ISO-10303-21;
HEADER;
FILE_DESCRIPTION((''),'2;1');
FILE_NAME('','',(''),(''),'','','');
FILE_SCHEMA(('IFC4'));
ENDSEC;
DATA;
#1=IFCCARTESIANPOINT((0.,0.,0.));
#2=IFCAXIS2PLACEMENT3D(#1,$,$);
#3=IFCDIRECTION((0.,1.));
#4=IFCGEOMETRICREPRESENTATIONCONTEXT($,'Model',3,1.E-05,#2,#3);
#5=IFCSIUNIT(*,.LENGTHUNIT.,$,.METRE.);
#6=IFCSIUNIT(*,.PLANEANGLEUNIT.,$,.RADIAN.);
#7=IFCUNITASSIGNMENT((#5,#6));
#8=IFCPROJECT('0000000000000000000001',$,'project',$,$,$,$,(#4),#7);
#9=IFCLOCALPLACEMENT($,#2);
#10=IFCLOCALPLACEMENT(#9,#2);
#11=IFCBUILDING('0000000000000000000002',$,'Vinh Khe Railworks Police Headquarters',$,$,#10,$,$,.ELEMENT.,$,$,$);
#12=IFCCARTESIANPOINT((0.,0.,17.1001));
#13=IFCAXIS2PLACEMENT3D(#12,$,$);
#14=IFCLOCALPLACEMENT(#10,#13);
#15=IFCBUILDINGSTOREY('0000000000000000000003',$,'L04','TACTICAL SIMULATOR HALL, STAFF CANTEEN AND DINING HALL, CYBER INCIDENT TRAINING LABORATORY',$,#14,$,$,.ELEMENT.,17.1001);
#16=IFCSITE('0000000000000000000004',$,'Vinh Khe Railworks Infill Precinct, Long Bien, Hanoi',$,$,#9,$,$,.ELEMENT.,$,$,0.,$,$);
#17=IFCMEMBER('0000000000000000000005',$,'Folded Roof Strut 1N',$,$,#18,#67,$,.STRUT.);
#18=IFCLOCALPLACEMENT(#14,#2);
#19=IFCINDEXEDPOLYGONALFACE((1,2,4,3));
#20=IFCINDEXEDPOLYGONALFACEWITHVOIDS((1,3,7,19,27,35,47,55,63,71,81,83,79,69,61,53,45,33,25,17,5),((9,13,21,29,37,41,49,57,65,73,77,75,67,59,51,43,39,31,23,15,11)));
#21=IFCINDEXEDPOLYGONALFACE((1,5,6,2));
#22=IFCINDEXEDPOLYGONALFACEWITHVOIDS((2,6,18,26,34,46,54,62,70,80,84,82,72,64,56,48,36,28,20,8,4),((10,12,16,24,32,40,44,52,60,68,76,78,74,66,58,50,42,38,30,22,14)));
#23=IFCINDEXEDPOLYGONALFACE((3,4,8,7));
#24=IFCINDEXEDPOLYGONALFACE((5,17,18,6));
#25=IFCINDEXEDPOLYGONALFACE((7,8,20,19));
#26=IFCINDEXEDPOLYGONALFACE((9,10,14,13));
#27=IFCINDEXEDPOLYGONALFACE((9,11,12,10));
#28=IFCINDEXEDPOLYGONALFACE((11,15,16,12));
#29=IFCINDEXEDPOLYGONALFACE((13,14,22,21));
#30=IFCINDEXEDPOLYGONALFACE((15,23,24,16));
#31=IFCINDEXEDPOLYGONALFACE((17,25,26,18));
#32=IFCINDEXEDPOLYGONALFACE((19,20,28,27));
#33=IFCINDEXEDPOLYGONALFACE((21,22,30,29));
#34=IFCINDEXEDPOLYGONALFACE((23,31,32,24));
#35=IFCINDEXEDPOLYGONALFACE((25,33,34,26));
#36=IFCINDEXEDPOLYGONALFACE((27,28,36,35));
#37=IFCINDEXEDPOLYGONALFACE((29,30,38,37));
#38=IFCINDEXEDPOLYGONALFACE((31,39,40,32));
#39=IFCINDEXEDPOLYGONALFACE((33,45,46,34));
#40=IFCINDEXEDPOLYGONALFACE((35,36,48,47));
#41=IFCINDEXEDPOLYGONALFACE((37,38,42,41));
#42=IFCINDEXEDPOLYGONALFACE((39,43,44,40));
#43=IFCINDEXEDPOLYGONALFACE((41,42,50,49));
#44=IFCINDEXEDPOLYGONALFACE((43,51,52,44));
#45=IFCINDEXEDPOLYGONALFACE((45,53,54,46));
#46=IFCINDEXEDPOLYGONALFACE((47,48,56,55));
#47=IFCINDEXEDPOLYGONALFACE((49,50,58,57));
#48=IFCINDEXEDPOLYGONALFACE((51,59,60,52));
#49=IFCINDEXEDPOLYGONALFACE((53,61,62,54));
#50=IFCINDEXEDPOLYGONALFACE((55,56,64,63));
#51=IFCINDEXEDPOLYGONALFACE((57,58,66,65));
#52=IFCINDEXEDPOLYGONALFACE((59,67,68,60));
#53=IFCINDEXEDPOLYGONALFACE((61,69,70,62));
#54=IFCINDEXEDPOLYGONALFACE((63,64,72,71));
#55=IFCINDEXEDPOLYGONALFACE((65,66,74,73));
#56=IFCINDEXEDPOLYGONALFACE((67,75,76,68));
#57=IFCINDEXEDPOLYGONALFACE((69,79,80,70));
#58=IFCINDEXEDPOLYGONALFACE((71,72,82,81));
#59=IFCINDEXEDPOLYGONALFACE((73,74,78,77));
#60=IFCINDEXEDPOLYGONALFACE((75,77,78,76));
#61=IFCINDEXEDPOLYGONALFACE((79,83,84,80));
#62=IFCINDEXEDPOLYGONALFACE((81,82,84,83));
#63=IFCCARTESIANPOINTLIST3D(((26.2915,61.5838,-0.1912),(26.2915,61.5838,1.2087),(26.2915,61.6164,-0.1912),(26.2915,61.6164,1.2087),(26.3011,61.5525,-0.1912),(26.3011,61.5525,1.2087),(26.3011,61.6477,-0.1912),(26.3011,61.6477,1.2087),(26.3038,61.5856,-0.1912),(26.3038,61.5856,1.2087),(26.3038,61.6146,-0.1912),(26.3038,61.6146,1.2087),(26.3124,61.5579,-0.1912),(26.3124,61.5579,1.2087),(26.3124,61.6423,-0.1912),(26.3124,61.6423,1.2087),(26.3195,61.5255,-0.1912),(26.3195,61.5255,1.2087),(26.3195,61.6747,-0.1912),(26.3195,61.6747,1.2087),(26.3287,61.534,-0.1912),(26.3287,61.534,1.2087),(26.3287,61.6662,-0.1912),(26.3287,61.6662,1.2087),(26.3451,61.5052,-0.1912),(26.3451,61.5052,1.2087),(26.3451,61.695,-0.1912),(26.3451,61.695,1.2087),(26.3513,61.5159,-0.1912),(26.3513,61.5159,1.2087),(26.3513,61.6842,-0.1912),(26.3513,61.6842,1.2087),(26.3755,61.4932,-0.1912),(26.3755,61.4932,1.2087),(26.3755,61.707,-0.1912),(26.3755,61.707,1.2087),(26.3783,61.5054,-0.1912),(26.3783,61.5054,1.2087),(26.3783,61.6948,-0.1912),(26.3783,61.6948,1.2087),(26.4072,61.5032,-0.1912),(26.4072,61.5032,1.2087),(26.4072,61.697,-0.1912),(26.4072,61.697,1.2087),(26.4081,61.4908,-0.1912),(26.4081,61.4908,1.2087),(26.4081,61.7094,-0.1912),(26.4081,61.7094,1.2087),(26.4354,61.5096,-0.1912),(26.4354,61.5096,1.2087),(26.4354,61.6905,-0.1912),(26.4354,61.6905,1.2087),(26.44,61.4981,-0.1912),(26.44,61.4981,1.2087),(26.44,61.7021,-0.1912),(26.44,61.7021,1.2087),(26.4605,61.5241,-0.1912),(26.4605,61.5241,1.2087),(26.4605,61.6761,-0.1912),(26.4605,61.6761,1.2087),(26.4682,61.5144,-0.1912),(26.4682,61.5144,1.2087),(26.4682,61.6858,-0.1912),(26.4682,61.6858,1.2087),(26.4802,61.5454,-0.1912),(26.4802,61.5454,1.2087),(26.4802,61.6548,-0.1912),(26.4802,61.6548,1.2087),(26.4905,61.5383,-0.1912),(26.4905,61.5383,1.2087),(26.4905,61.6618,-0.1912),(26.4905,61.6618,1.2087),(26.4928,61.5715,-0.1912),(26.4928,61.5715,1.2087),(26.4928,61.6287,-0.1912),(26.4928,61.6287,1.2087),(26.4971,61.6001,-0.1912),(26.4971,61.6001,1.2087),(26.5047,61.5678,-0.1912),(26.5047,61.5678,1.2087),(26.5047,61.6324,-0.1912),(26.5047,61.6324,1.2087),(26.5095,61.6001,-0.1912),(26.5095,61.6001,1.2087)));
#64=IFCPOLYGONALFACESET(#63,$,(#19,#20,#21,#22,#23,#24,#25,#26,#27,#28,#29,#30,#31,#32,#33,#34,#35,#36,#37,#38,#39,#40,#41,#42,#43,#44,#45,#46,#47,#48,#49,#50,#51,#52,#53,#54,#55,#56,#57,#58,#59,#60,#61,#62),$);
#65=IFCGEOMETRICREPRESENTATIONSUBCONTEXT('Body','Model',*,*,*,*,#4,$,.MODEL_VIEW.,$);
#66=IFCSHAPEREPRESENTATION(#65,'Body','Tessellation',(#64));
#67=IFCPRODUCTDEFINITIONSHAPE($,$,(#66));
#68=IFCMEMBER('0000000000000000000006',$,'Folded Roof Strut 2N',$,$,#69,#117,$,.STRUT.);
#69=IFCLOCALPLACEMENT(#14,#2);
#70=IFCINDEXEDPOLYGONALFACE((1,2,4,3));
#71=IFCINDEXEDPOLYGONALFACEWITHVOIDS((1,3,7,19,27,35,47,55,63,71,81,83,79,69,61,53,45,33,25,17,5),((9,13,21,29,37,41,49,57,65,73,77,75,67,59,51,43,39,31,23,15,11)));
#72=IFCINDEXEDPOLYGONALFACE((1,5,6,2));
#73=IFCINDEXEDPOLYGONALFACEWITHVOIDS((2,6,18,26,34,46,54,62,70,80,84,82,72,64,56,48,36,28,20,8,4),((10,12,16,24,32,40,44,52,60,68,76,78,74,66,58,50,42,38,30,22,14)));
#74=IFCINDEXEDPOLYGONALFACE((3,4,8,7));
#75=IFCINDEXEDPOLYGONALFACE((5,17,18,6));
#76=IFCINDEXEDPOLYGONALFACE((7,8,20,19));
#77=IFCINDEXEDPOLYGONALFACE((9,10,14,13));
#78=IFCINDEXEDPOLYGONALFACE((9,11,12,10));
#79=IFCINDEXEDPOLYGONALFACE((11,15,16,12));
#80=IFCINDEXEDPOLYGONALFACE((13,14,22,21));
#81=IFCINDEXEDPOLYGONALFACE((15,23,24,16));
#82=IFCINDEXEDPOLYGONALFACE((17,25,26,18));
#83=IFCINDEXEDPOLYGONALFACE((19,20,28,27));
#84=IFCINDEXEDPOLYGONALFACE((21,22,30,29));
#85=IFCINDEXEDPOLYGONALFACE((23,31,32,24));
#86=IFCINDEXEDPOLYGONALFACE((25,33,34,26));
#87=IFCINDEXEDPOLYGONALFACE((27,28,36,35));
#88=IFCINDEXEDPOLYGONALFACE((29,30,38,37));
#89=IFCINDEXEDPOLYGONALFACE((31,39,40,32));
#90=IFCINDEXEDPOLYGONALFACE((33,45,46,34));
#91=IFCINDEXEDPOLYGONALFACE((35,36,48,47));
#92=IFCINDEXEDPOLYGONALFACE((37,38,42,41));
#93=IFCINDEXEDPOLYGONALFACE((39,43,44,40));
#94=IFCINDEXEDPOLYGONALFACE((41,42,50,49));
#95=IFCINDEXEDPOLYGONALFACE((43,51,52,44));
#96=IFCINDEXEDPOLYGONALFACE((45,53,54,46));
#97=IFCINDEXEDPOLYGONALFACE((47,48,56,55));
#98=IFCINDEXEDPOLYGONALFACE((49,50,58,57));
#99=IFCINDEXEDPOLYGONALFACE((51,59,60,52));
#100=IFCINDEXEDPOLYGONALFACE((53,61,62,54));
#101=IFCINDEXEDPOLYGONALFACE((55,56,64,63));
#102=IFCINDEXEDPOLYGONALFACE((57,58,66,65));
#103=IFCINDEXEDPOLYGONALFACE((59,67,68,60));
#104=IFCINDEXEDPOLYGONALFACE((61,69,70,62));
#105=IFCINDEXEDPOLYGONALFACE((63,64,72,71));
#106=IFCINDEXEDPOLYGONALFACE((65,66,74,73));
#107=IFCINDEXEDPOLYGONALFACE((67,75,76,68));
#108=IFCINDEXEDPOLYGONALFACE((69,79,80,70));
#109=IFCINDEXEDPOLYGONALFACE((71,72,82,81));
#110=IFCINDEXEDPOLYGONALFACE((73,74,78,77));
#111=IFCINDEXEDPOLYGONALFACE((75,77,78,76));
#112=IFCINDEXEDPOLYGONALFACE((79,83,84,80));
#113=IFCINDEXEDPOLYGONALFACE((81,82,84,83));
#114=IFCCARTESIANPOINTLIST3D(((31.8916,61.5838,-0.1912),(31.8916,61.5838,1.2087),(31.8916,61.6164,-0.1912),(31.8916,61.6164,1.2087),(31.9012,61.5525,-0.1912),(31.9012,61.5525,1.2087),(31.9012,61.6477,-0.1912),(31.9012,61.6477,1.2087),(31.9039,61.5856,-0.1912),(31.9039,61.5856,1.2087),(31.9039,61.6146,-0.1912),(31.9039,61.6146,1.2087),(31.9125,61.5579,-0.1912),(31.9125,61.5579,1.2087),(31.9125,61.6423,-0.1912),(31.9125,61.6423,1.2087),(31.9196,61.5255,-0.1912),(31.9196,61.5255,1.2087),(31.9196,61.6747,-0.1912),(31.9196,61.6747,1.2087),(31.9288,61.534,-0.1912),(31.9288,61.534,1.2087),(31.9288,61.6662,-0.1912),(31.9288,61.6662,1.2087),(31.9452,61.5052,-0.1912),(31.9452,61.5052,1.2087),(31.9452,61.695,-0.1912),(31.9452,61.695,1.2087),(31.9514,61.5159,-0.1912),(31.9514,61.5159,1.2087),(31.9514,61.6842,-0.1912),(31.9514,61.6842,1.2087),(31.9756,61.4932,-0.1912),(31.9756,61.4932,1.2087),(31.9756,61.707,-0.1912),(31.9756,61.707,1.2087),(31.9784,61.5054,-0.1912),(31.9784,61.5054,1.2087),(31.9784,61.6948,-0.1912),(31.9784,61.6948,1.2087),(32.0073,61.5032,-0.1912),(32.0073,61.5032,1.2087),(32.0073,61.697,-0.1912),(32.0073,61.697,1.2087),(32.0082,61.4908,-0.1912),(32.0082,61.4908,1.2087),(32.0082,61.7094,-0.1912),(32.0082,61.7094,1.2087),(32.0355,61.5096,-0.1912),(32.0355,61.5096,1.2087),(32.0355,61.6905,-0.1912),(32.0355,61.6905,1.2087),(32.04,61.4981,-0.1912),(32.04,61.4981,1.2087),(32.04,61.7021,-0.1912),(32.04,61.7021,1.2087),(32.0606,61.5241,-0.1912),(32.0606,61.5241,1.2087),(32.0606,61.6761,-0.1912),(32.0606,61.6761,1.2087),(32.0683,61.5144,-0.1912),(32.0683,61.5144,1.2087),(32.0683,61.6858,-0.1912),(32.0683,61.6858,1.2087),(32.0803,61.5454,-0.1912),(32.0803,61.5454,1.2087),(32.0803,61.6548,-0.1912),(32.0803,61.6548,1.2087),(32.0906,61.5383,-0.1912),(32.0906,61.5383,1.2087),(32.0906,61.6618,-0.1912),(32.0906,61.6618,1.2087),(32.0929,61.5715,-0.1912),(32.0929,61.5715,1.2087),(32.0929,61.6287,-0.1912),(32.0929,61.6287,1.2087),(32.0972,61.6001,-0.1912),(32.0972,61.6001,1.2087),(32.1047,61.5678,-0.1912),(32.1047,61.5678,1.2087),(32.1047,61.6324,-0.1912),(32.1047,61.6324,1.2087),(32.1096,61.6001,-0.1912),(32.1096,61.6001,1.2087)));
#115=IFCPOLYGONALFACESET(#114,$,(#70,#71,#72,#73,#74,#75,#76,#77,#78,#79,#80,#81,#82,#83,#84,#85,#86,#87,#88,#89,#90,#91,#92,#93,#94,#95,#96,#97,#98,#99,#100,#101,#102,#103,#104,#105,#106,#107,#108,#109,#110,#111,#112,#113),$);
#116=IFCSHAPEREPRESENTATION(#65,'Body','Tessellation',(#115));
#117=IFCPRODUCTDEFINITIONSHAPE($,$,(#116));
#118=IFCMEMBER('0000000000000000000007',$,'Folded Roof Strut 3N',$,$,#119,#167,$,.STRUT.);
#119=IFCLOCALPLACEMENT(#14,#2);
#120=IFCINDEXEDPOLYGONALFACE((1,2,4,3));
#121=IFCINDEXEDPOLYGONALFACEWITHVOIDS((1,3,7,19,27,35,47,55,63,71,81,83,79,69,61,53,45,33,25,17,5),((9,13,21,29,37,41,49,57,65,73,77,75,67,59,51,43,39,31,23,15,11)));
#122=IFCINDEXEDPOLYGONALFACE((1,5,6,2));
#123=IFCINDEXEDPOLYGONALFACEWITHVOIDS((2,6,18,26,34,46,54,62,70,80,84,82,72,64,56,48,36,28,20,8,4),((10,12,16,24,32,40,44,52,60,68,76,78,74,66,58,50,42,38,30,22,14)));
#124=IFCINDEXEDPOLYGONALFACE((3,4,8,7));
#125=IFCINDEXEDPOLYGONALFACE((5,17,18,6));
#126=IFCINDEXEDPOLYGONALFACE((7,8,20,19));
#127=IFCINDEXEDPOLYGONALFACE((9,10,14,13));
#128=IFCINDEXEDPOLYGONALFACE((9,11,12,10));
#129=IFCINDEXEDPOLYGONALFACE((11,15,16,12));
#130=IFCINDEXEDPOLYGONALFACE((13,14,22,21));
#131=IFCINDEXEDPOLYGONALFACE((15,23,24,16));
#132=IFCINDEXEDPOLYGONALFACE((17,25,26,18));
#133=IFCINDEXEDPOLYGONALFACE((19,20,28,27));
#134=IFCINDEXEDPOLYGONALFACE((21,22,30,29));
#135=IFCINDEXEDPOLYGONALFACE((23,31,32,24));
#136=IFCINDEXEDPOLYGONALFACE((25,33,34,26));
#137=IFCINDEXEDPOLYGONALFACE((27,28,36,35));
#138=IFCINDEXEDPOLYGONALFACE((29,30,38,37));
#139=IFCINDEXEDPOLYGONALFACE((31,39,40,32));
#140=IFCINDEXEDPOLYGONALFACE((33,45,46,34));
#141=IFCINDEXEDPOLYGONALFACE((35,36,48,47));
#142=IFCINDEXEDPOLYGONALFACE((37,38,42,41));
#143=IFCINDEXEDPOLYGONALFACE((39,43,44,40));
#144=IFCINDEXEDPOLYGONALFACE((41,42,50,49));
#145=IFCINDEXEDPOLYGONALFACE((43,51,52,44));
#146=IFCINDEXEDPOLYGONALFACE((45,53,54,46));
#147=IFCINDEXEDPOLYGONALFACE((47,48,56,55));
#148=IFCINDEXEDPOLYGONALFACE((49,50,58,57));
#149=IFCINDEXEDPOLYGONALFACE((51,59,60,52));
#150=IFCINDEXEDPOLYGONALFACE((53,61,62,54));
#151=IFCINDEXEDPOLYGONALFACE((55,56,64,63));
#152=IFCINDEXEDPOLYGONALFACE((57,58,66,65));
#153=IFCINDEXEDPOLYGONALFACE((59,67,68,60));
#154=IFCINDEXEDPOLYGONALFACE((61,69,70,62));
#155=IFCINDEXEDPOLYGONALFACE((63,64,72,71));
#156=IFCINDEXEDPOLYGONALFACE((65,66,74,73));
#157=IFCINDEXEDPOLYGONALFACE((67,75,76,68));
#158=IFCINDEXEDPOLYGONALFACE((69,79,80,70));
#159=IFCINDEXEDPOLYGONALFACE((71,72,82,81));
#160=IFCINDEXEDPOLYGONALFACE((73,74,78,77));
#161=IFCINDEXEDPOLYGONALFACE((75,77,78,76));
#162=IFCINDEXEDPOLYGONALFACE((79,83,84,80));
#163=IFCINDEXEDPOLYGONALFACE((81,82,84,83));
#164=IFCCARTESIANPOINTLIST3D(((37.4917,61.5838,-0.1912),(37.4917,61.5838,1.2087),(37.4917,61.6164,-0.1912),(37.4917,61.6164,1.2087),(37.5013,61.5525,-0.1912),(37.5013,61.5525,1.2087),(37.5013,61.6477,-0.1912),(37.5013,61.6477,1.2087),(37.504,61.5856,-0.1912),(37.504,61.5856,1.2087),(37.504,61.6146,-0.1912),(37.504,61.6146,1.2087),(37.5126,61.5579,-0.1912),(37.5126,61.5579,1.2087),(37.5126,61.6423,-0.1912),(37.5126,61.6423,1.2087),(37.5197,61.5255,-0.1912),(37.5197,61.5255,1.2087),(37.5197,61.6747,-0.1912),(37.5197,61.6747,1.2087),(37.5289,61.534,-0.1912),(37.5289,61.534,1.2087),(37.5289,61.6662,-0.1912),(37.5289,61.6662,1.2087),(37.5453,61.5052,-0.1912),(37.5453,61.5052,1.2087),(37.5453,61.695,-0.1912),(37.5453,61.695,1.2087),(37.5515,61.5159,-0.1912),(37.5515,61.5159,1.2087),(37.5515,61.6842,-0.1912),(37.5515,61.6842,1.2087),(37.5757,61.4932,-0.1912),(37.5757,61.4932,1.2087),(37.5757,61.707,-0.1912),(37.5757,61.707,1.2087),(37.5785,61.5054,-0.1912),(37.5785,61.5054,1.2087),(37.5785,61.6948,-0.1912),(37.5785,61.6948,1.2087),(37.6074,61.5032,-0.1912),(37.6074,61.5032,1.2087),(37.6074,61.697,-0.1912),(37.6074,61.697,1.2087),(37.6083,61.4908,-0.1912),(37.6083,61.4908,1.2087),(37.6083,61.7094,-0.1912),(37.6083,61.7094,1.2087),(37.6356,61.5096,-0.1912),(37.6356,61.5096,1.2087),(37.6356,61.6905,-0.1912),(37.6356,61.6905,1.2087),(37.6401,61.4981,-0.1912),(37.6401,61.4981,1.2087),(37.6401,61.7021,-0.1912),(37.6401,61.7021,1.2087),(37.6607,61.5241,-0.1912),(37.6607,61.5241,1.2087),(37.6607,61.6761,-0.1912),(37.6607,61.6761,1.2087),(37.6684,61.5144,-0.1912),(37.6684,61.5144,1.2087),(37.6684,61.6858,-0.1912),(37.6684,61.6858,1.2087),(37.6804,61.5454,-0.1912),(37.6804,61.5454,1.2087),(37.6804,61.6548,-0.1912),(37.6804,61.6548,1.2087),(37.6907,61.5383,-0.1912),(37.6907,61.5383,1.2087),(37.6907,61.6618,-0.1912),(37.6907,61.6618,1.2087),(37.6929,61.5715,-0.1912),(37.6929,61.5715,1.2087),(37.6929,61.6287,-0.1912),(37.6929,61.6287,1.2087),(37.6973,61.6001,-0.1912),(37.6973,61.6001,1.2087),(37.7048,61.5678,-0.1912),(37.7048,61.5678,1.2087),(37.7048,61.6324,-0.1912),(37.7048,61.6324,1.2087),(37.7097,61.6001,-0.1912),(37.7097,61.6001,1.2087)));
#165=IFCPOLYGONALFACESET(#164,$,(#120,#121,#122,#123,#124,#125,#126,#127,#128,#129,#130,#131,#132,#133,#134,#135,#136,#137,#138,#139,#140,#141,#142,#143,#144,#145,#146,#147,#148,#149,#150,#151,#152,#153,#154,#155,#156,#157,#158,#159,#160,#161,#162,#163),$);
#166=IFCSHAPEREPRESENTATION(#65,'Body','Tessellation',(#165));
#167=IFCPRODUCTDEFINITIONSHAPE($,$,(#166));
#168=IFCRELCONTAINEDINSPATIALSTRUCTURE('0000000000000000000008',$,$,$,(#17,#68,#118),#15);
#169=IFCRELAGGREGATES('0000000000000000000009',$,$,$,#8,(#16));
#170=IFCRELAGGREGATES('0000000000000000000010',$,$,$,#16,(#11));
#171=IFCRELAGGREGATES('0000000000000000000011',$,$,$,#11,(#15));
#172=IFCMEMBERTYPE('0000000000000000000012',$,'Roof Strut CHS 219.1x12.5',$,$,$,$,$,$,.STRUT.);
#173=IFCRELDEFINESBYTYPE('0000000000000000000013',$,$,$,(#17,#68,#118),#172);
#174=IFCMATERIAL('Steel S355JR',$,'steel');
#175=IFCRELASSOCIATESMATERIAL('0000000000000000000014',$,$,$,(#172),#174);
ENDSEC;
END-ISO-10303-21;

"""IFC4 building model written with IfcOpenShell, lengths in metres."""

from ifc_helpers import new_model, si_unit, direction, frame, origin, origin_2d, place, context, subcontext, project, spatial, hollow_circle, extrude, material, material_profile, profile_set, type_object, element, save


model = new_model("IFC4")

# Units and contexts
model_context = context("Model", 3, precision=1e-05, world=origin(), true_north=direction((0.0, 1.0)))
body_context = subcontext(model_context, "Body", "Model", "MODEL_VIEW")
ifc_project = project(units=[si_unit("LENGTHUNIT", "METRE"), si_unit("PLANEANGLEUNIT", "RADIAN")], contexts=[model_context])

# Site, building, storey
site_placement = place(None, origin())
site = spatial("IfcSite", under=ifc_project, at=site_placement, Name="Vinh Khe Railworks Infill Precinct, Long Bien, Hanoi", CompositionType="ELEMENT", RefElevation=0.0)
building_placement = place(site_placement, origin())
building = spatial("IfcBuilding", under=site, at=building_placement, Name="Vinh Khe Railworks Police Headquarters", CompositionType="ELEMENT")
storey_placement = place(building_placement, frame((0.0, 0.0, 17.1001)))
storey = spatial("IfcBuildingStorey", under=building, at=storey_placement, Name="L04", Description="TACTICAL SIMULATOR HALL, STAFF CANTEEN AND DINING HALL, CYBER INCIDENT TRAINING LABORATORY", CompositionType="ELEMENT", Elevation=17.1001)

# Members
ifc_material_1 = material(Name="Steel S355JR", Category="steel")
ifc_material_profile_1 = material_profile(ifc_material_1, hollow_circle(Radius=0.1096, WallThickness=0.0125, at=origin_2d()), Name="CHS 219.1x12.5")
ifc_profile_set_1 = profile_set([ifc_material_profile_1], Name="Steel S355JR")
member_type = type_object("IfcMemberType", Name="Roof Strut CHS 219.1x12.5", PredefinedType="STRUT", material=ifc_profile_set_1)
for number, where, z_axis, x_axis, name in (
    (1, (26.3999, 61.6001, -0.1912), (0.0, 0.0, 1.0), (1.0, 0.0, 0.0), "Folded Roof Strut 1N"),
    (2, (32.0, 61.6001, -0.1912), (0.0, 0.0, 1.0), (1.0, 0.0, 0.0), "Folded Roof Strut 2N"),
    (3, (37.6001, 61.6001, -0.1912), (0.0, 0.0, 1.0), (1.0, 0.0, 0.0), "Folded Roof Strut 3N"),
):
    element("IfcMember", number, at=place(storey_placement, frame(where, z_axis=z_axis, x_axis=x_axis)), inside=storey, type_object=member_type, Name=name, PredefinedType="STRUT", context=body_context, shape_type="SweptSolid", body=[
        extrude(hollow_circle(Radius=0.1096, WallThickness=0.0125, at=origin_2d()), origin(), (0.0, 0.0, 1.0), 1.3999),
    ])

save(model, "model.ifc")
